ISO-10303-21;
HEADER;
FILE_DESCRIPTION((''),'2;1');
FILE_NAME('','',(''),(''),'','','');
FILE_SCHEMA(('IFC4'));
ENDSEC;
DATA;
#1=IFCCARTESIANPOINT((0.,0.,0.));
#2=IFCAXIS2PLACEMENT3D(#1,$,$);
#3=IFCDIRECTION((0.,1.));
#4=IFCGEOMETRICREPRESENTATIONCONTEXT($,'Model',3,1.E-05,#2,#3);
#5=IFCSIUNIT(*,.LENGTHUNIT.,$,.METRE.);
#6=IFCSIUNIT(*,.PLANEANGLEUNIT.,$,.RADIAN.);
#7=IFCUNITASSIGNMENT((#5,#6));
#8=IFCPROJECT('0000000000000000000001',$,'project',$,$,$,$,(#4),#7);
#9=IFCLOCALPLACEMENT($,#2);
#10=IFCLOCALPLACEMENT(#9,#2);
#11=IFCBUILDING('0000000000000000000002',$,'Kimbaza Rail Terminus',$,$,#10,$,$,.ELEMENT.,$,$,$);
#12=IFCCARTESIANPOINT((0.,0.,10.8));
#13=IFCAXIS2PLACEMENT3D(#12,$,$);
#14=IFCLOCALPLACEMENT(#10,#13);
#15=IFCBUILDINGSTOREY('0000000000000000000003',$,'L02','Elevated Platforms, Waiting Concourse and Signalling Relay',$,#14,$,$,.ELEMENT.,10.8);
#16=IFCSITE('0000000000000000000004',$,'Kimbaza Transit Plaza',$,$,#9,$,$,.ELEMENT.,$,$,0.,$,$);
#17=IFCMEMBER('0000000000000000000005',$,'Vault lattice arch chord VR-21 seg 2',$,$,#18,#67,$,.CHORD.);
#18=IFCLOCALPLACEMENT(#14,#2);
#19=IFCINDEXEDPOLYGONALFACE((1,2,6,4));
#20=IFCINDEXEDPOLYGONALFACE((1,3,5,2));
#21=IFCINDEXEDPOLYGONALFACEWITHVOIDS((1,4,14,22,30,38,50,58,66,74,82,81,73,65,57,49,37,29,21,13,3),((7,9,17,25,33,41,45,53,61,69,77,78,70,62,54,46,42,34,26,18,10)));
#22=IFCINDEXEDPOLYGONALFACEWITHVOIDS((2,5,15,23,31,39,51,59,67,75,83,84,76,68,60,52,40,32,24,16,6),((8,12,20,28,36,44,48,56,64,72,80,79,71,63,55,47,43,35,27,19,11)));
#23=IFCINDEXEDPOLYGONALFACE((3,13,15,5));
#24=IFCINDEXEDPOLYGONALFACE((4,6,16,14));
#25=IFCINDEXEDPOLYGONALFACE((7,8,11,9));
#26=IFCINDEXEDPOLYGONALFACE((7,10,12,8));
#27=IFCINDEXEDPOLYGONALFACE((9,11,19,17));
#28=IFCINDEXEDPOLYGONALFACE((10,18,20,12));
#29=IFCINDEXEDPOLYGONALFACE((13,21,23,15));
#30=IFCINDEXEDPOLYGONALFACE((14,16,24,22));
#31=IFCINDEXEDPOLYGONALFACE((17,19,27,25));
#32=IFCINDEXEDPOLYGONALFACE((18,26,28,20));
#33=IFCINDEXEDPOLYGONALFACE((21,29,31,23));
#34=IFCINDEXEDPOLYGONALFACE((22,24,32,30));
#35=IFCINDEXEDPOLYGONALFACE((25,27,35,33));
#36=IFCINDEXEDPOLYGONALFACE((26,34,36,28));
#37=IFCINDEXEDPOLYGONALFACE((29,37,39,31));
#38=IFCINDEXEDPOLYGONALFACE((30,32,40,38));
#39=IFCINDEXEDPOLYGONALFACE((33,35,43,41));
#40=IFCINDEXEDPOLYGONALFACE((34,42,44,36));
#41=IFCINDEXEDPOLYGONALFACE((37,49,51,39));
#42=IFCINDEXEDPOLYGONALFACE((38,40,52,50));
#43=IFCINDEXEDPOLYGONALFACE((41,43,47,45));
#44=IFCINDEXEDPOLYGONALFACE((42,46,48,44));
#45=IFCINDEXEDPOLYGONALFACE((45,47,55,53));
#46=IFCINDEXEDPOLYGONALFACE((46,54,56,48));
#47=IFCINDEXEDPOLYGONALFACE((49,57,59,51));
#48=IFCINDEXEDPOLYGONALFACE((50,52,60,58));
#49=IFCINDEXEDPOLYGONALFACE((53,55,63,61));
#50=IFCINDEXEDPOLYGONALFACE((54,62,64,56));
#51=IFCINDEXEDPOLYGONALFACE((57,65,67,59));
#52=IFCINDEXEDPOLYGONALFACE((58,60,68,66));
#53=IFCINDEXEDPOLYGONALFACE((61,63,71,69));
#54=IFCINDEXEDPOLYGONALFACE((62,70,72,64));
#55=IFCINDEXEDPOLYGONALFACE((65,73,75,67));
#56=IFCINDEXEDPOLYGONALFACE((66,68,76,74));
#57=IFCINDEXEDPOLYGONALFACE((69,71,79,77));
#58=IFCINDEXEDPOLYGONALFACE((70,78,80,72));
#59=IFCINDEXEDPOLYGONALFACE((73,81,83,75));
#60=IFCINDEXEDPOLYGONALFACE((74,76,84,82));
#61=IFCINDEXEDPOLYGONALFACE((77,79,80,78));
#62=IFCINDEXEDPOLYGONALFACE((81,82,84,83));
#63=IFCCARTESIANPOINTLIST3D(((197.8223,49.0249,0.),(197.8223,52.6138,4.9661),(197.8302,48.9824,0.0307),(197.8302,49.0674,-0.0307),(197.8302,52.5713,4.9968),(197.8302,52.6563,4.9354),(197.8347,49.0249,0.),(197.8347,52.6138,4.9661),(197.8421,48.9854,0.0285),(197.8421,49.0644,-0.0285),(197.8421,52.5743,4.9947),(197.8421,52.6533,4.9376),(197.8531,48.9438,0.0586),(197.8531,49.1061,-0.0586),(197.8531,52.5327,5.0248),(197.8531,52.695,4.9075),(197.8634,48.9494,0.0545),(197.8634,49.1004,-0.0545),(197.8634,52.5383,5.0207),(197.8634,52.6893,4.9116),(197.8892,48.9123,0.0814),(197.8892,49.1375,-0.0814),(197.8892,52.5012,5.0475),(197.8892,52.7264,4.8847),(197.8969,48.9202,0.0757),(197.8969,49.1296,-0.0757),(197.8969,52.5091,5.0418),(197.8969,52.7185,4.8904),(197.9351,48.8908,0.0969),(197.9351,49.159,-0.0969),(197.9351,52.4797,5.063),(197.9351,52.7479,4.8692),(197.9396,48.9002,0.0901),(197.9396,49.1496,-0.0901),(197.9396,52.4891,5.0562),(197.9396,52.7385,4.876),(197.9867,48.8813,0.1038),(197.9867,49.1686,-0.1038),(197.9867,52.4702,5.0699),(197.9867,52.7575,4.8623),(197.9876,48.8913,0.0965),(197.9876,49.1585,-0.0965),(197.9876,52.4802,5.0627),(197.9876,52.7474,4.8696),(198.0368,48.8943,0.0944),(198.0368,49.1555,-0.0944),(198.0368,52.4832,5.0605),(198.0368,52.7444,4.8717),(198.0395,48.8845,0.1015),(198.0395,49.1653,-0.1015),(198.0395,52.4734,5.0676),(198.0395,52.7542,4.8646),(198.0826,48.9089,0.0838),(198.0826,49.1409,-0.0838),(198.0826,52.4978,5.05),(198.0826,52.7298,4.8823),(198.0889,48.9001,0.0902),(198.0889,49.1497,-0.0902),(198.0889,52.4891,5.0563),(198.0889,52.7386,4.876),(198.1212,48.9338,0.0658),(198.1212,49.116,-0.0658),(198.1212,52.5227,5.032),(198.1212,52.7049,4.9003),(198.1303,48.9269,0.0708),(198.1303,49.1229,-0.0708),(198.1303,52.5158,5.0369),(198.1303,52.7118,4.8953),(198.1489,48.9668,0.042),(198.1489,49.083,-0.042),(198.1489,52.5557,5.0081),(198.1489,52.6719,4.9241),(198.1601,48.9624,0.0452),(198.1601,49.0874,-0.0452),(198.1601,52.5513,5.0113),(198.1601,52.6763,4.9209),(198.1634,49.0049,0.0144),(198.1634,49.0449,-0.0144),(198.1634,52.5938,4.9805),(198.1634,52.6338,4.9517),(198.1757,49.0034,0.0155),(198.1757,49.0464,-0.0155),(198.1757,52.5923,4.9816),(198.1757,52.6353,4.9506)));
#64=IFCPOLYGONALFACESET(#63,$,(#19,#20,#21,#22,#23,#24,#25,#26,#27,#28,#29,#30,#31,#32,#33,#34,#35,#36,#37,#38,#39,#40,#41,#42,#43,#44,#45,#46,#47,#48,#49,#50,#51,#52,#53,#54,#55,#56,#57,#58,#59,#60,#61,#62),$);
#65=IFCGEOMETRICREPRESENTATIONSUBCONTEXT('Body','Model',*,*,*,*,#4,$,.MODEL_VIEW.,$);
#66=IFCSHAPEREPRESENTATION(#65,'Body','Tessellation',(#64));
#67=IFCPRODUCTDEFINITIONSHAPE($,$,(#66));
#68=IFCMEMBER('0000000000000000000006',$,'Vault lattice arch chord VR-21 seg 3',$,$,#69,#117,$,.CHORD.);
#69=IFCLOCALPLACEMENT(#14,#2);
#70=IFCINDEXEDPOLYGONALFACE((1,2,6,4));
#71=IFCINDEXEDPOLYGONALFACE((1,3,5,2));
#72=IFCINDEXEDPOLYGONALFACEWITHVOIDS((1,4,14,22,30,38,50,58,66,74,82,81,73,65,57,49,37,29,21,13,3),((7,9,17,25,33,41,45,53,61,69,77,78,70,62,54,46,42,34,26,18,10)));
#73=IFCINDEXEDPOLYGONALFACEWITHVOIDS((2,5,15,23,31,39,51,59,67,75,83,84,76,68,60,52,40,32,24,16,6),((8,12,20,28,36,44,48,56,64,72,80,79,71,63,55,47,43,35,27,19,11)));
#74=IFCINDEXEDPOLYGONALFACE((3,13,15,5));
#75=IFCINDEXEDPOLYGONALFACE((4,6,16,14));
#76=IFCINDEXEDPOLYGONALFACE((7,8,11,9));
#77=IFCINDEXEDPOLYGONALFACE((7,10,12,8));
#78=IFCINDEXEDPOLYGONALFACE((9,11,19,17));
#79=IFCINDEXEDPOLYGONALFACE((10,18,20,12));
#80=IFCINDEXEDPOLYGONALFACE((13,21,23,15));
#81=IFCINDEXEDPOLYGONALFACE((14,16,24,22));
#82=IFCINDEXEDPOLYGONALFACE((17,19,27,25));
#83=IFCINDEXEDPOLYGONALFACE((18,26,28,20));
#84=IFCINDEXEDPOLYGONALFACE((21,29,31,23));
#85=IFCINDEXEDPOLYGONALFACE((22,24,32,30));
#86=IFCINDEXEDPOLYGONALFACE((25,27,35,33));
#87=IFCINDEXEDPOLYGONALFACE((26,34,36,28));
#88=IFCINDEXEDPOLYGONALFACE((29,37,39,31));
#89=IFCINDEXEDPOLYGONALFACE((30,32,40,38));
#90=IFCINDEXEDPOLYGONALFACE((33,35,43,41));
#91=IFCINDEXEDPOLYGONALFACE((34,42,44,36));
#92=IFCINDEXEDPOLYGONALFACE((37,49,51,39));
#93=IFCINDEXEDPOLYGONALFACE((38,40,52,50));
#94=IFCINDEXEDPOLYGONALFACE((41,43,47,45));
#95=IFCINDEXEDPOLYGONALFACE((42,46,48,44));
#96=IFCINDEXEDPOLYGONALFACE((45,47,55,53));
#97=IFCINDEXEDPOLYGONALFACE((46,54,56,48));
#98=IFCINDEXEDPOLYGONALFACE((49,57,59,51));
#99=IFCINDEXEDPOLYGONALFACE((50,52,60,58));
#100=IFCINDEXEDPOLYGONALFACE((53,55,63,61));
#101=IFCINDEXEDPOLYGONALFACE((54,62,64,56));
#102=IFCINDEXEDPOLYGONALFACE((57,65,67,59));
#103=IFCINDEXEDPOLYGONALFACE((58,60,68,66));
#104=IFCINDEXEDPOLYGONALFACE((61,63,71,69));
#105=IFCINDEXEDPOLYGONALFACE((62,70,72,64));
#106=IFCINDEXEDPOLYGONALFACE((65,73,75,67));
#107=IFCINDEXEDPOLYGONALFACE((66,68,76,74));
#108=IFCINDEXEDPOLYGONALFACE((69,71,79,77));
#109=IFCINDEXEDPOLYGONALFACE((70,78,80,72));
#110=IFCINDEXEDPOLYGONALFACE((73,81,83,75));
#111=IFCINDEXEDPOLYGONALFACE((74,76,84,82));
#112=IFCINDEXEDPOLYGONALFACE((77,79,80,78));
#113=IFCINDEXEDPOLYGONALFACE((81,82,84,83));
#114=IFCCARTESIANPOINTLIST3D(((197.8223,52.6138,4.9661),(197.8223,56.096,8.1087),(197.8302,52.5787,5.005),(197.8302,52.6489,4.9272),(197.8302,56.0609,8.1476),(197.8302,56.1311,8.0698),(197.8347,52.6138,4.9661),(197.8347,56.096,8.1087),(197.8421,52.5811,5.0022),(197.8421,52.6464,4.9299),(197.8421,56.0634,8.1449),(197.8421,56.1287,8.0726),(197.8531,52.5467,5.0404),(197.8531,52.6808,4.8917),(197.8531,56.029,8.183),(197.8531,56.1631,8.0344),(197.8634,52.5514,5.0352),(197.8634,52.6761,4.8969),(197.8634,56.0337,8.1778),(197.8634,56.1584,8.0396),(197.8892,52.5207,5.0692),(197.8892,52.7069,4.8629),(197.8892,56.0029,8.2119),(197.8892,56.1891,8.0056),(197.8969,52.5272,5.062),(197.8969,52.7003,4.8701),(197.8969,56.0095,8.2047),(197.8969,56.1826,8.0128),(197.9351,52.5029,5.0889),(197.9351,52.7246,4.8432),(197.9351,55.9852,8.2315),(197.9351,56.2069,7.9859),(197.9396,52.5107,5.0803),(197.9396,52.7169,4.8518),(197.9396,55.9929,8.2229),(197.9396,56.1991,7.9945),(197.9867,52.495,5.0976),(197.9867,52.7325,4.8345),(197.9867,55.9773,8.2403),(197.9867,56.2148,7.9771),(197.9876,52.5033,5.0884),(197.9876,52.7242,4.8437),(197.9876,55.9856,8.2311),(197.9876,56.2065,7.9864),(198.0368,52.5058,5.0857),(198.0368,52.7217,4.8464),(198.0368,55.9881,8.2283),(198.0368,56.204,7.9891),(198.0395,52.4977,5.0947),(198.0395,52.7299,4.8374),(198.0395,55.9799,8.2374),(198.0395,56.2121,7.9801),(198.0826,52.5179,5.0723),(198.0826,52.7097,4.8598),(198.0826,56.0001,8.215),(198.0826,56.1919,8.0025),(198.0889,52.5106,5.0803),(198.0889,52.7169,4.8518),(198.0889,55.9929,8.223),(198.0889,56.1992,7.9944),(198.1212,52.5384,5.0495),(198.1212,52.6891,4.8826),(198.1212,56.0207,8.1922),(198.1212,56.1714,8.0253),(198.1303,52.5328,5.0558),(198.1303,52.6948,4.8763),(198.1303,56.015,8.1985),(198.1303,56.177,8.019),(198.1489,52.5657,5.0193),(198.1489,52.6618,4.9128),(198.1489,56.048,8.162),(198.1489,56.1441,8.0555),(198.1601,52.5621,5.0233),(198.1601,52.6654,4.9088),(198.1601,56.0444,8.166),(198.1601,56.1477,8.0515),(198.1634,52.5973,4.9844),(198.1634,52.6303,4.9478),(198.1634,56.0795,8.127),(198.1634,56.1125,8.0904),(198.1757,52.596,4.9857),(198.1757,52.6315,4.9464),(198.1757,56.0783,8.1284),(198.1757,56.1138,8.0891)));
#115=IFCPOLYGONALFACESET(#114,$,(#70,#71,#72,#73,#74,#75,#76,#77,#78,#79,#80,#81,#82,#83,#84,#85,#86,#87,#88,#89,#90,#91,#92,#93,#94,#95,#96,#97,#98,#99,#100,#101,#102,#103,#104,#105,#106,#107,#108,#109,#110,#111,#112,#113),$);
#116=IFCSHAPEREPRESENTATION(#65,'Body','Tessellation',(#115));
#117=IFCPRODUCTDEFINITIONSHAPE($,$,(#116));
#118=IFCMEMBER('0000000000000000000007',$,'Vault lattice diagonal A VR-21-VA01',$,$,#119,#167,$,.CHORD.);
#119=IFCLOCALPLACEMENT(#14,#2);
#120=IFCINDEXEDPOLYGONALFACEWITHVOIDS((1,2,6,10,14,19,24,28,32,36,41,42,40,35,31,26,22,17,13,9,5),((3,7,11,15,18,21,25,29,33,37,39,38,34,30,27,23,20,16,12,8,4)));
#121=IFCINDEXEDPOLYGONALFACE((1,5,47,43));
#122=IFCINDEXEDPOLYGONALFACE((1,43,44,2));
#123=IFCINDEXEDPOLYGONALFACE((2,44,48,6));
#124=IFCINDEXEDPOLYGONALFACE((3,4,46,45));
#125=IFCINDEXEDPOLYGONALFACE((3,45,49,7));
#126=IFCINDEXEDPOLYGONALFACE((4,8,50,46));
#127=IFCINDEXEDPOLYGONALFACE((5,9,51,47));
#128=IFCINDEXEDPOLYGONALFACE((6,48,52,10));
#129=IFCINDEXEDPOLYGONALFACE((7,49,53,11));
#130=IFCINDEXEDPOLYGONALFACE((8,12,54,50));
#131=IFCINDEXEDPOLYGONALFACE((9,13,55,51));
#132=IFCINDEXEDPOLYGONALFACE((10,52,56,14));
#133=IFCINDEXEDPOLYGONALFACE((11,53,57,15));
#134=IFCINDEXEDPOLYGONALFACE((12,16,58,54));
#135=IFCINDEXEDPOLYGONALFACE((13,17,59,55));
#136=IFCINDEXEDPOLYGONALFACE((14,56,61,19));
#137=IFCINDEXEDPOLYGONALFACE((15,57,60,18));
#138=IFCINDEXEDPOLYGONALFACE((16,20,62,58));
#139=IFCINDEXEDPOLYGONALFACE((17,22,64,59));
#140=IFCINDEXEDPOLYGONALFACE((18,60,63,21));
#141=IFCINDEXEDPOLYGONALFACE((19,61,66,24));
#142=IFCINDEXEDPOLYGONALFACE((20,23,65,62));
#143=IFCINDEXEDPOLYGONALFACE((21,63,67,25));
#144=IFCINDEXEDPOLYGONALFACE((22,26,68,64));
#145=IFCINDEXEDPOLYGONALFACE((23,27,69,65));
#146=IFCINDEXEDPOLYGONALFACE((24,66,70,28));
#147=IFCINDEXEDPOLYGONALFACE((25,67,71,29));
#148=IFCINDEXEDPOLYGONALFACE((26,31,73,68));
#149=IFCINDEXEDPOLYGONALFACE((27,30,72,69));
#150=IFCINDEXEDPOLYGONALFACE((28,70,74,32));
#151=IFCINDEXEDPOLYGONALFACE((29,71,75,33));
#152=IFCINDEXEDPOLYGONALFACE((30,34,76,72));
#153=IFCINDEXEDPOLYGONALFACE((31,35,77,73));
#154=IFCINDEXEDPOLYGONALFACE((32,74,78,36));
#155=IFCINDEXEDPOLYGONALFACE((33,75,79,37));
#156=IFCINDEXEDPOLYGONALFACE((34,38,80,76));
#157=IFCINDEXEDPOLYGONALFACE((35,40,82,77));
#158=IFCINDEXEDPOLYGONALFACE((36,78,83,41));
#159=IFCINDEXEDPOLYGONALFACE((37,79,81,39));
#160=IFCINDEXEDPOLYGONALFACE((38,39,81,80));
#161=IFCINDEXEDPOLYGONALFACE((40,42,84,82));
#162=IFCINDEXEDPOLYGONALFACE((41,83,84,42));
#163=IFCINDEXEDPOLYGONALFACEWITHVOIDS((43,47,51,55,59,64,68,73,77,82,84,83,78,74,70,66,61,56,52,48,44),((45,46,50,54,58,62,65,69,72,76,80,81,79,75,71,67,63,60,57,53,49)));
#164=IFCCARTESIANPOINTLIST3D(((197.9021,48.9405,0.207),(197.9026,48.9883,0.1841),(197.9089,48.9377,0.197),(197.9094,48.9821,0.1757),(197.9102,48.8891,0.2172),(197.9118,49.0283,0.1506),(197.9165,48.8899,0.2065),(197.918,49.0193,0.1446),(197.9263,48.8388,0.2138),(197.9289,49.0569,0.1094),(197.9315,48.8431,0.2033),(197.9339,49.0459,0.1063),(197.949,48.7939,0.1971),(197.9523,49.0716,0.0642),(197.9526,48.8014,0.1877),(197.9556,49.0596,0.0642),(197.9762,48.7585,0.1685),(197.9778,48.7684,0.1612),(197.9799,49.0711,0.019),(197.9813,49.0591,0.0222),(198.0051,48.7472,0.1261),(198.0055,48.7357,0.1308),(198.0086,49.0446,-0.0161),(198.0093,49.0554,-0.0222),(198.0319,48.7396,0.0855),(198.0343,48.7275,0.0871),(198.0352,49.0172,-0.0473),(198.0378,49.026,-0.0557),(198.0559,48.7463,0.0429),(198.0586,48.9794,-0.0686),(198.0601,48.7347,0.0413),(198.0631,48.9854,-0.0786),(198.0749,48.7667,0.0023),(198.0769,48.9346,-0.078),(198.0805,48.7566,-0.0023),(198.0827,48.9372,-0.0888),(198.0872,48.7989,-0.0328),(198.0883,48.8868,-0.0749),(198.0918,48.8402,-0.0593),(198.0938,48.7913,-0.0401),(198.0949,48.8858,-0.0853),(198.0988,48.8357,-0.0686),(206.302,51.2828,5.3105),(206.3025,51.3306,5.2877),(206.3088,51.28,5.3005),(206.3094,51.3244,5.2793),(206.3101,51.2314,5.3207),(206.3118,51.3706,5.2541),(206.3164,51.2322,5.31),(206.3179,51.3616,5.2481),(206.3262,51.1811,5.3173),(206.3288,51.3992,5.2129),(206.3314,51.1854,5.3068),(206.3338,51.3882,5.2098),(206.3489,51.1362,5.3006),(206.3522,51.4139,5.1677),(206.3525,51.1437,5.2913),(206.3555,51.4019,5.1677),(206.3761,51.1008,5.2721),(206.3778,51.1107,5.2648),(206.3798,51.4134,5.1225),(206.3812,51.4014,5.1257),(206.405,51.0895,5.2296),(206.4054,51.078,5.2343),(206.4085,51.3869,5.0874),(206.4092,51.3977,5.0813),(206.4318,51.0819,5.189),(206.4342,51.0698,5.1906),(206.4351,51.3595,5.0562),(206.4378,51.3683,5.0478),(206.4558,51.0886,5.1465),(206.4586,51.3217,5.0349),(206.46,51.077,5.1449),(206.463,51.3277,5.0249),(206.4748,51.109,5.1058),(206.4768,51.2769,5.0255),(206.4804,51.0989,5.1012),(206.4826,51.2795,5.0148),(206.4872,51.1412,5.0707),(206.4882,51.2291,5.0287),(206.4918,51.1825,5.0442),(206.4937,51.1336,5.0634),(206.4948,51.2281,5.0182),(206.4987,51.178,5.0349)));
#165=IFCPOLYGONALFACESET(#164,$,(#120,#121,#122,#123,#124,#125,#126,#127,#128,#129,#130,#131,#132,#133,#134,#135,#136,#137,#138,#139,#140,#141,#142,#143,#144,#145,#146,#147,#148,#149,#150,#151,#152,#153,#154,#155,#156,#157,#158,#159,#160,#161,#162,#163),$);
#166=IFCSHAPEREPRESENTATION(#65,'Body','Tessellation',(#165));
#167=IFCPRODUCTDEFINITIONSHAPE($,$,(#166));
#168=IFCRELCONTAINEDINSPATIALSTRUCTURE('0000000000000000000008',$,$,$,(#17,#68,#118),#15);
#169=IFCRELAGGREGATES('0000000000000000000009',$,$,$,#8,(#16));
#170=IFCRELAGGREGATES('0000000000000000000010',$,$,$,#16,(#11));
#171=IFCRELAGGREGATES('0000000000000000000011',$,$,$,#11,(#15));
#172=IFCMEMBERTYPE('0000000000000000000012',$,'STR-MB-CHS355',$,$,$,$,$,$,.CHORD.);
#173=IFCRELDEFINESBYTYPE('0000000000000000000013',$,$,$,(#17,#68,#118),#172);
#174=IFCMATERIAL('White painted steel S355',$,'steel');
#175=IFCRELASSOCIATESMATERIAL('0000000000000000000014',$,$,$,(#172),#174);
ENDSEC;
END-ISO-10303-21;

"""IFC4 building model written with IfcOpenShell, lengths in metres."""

from ifc_helpers import new_model, si_unit, direction, frame, origin, origin_2d, place, context, subcontext, project, spatial, hollow_circle, extrude, material, material_profile, profile_set, type_object, element, save


model = new_model("IFC4")

# Units and contexts
model_context = context("Model", 3, precision=1e-05, world=origin(), true_north=direction((0.0, 1.0)))
body_context = subcontext(model_context, "Body", "Model", "MODEL_VIEW")
ifc_project = project(units=[si_unit("LENGTHUNIT", "METRE"), si_unit("PLANEANGLEUNIT", "RADIAN")], contexts=[model_context])

# Site, building, storey
site_placement = place(None, origin())
site = spatial("IfcSite", under=ifc_project, at=site_placement, Name="Kimbaza Transit Plaza", CompositionType="ELEMENT", RefElevation=0.0)
building_placement = place(site_placement, origin())
building = spatial("IfcBuilding", under=site, at=building_placement, Name="Kimbaza Rail Terminus", CompositionType="ELEMENT")
storey_placement = place(building_placement, frame((0.0, 0.0, 10.8)))
storey = spatial("IfcBuildingStorey", under=building, at=storey_placement, Name="L02", Description="Elevated Platforms, Waiting Concourse and Signalling Relay", CompositionType="ELEMENT", Elevation=10.8)

# Members
ifc_material_1 = material(Name="White painted steel S355", Category="steel")
ifc_material_profile_1 = material_profile(ifc_material_1, hollow_circle(Radius=0.1777, WallThickness=0.0125, at=origin_2d()), Name="CHS 355.6x12.5")
ifc_profile_set_1 = profile_set([ifc_material_profile_1], Name="White painted steel S355")
member_type_1 = type_object("IfcMemberType", Name="STR-MB-CHS355", PredefinedType="CHORD", material=ifc_profile_set_1)
member_1_placement = place(storey_placement, frame((198.0, 49.0249, 0.0), z_axis=(0.0, 0.585733, 0.810504), x_axis=(-1.0, 0.0, 0.0)))
element("IfcMember", 1, at=member_1_placement, inside=storey, type_object=member_type_1, Name="Vault lattice arch chord VR-21 seg 2", PredefinedType="CHORD", context=body_context, shape_type="SweptSolid", body=[
    extrude(hollow_circle(Radius=0.1777, WallThickness=0.0125, at=origin_2d()), origin(), (0.0, 0.0, 1.0), 6.1272),
])
member_2_placement = place(storey_placement, frame((198.0, 52.6138, 4.9661), z_axis=(0.0, 0.74238, 0.669979), x_axis=(-1.0, 0.0, 0.0)))
element("IfcMember", 2, at=member_2_placement, inside=storey, type_object=member_type_1, Name="Vault lattice arch chord VR-21 seg 3", PredefinedType="CHORD", context=body_context, shape_type="SweptSolid", body=[
    extrude(hollow_circle(Radius=0.1777, WallThickness=0.0125, at=origin_2d()), origin(), (0.0, 0.0, 1.0), 4.6907),
])
member_3_placement = place(storey_placement, frame((198.0, 48.9004, 0.0642), z_axis=(0.831345, 0.231818, 0.505099), x_axis=(-0.2686, 0.963252, 0.0)))
element("IfcMember", 3, at=member_3_placement, inside=storey, type_object=member_type_1, Name="Vault lattice diagonal A VR-21-VA01", PredefinedType="CHORD", context=body_context, shape_type="SweptSolid", body=[
    extrude(hollow_circle(Radius=0.1777, WallThickness=0.0125, at=origin_2d()), origin(), (0.0, 0.0, 1.0), 10.104),
])

save(model, "model.ifc")
